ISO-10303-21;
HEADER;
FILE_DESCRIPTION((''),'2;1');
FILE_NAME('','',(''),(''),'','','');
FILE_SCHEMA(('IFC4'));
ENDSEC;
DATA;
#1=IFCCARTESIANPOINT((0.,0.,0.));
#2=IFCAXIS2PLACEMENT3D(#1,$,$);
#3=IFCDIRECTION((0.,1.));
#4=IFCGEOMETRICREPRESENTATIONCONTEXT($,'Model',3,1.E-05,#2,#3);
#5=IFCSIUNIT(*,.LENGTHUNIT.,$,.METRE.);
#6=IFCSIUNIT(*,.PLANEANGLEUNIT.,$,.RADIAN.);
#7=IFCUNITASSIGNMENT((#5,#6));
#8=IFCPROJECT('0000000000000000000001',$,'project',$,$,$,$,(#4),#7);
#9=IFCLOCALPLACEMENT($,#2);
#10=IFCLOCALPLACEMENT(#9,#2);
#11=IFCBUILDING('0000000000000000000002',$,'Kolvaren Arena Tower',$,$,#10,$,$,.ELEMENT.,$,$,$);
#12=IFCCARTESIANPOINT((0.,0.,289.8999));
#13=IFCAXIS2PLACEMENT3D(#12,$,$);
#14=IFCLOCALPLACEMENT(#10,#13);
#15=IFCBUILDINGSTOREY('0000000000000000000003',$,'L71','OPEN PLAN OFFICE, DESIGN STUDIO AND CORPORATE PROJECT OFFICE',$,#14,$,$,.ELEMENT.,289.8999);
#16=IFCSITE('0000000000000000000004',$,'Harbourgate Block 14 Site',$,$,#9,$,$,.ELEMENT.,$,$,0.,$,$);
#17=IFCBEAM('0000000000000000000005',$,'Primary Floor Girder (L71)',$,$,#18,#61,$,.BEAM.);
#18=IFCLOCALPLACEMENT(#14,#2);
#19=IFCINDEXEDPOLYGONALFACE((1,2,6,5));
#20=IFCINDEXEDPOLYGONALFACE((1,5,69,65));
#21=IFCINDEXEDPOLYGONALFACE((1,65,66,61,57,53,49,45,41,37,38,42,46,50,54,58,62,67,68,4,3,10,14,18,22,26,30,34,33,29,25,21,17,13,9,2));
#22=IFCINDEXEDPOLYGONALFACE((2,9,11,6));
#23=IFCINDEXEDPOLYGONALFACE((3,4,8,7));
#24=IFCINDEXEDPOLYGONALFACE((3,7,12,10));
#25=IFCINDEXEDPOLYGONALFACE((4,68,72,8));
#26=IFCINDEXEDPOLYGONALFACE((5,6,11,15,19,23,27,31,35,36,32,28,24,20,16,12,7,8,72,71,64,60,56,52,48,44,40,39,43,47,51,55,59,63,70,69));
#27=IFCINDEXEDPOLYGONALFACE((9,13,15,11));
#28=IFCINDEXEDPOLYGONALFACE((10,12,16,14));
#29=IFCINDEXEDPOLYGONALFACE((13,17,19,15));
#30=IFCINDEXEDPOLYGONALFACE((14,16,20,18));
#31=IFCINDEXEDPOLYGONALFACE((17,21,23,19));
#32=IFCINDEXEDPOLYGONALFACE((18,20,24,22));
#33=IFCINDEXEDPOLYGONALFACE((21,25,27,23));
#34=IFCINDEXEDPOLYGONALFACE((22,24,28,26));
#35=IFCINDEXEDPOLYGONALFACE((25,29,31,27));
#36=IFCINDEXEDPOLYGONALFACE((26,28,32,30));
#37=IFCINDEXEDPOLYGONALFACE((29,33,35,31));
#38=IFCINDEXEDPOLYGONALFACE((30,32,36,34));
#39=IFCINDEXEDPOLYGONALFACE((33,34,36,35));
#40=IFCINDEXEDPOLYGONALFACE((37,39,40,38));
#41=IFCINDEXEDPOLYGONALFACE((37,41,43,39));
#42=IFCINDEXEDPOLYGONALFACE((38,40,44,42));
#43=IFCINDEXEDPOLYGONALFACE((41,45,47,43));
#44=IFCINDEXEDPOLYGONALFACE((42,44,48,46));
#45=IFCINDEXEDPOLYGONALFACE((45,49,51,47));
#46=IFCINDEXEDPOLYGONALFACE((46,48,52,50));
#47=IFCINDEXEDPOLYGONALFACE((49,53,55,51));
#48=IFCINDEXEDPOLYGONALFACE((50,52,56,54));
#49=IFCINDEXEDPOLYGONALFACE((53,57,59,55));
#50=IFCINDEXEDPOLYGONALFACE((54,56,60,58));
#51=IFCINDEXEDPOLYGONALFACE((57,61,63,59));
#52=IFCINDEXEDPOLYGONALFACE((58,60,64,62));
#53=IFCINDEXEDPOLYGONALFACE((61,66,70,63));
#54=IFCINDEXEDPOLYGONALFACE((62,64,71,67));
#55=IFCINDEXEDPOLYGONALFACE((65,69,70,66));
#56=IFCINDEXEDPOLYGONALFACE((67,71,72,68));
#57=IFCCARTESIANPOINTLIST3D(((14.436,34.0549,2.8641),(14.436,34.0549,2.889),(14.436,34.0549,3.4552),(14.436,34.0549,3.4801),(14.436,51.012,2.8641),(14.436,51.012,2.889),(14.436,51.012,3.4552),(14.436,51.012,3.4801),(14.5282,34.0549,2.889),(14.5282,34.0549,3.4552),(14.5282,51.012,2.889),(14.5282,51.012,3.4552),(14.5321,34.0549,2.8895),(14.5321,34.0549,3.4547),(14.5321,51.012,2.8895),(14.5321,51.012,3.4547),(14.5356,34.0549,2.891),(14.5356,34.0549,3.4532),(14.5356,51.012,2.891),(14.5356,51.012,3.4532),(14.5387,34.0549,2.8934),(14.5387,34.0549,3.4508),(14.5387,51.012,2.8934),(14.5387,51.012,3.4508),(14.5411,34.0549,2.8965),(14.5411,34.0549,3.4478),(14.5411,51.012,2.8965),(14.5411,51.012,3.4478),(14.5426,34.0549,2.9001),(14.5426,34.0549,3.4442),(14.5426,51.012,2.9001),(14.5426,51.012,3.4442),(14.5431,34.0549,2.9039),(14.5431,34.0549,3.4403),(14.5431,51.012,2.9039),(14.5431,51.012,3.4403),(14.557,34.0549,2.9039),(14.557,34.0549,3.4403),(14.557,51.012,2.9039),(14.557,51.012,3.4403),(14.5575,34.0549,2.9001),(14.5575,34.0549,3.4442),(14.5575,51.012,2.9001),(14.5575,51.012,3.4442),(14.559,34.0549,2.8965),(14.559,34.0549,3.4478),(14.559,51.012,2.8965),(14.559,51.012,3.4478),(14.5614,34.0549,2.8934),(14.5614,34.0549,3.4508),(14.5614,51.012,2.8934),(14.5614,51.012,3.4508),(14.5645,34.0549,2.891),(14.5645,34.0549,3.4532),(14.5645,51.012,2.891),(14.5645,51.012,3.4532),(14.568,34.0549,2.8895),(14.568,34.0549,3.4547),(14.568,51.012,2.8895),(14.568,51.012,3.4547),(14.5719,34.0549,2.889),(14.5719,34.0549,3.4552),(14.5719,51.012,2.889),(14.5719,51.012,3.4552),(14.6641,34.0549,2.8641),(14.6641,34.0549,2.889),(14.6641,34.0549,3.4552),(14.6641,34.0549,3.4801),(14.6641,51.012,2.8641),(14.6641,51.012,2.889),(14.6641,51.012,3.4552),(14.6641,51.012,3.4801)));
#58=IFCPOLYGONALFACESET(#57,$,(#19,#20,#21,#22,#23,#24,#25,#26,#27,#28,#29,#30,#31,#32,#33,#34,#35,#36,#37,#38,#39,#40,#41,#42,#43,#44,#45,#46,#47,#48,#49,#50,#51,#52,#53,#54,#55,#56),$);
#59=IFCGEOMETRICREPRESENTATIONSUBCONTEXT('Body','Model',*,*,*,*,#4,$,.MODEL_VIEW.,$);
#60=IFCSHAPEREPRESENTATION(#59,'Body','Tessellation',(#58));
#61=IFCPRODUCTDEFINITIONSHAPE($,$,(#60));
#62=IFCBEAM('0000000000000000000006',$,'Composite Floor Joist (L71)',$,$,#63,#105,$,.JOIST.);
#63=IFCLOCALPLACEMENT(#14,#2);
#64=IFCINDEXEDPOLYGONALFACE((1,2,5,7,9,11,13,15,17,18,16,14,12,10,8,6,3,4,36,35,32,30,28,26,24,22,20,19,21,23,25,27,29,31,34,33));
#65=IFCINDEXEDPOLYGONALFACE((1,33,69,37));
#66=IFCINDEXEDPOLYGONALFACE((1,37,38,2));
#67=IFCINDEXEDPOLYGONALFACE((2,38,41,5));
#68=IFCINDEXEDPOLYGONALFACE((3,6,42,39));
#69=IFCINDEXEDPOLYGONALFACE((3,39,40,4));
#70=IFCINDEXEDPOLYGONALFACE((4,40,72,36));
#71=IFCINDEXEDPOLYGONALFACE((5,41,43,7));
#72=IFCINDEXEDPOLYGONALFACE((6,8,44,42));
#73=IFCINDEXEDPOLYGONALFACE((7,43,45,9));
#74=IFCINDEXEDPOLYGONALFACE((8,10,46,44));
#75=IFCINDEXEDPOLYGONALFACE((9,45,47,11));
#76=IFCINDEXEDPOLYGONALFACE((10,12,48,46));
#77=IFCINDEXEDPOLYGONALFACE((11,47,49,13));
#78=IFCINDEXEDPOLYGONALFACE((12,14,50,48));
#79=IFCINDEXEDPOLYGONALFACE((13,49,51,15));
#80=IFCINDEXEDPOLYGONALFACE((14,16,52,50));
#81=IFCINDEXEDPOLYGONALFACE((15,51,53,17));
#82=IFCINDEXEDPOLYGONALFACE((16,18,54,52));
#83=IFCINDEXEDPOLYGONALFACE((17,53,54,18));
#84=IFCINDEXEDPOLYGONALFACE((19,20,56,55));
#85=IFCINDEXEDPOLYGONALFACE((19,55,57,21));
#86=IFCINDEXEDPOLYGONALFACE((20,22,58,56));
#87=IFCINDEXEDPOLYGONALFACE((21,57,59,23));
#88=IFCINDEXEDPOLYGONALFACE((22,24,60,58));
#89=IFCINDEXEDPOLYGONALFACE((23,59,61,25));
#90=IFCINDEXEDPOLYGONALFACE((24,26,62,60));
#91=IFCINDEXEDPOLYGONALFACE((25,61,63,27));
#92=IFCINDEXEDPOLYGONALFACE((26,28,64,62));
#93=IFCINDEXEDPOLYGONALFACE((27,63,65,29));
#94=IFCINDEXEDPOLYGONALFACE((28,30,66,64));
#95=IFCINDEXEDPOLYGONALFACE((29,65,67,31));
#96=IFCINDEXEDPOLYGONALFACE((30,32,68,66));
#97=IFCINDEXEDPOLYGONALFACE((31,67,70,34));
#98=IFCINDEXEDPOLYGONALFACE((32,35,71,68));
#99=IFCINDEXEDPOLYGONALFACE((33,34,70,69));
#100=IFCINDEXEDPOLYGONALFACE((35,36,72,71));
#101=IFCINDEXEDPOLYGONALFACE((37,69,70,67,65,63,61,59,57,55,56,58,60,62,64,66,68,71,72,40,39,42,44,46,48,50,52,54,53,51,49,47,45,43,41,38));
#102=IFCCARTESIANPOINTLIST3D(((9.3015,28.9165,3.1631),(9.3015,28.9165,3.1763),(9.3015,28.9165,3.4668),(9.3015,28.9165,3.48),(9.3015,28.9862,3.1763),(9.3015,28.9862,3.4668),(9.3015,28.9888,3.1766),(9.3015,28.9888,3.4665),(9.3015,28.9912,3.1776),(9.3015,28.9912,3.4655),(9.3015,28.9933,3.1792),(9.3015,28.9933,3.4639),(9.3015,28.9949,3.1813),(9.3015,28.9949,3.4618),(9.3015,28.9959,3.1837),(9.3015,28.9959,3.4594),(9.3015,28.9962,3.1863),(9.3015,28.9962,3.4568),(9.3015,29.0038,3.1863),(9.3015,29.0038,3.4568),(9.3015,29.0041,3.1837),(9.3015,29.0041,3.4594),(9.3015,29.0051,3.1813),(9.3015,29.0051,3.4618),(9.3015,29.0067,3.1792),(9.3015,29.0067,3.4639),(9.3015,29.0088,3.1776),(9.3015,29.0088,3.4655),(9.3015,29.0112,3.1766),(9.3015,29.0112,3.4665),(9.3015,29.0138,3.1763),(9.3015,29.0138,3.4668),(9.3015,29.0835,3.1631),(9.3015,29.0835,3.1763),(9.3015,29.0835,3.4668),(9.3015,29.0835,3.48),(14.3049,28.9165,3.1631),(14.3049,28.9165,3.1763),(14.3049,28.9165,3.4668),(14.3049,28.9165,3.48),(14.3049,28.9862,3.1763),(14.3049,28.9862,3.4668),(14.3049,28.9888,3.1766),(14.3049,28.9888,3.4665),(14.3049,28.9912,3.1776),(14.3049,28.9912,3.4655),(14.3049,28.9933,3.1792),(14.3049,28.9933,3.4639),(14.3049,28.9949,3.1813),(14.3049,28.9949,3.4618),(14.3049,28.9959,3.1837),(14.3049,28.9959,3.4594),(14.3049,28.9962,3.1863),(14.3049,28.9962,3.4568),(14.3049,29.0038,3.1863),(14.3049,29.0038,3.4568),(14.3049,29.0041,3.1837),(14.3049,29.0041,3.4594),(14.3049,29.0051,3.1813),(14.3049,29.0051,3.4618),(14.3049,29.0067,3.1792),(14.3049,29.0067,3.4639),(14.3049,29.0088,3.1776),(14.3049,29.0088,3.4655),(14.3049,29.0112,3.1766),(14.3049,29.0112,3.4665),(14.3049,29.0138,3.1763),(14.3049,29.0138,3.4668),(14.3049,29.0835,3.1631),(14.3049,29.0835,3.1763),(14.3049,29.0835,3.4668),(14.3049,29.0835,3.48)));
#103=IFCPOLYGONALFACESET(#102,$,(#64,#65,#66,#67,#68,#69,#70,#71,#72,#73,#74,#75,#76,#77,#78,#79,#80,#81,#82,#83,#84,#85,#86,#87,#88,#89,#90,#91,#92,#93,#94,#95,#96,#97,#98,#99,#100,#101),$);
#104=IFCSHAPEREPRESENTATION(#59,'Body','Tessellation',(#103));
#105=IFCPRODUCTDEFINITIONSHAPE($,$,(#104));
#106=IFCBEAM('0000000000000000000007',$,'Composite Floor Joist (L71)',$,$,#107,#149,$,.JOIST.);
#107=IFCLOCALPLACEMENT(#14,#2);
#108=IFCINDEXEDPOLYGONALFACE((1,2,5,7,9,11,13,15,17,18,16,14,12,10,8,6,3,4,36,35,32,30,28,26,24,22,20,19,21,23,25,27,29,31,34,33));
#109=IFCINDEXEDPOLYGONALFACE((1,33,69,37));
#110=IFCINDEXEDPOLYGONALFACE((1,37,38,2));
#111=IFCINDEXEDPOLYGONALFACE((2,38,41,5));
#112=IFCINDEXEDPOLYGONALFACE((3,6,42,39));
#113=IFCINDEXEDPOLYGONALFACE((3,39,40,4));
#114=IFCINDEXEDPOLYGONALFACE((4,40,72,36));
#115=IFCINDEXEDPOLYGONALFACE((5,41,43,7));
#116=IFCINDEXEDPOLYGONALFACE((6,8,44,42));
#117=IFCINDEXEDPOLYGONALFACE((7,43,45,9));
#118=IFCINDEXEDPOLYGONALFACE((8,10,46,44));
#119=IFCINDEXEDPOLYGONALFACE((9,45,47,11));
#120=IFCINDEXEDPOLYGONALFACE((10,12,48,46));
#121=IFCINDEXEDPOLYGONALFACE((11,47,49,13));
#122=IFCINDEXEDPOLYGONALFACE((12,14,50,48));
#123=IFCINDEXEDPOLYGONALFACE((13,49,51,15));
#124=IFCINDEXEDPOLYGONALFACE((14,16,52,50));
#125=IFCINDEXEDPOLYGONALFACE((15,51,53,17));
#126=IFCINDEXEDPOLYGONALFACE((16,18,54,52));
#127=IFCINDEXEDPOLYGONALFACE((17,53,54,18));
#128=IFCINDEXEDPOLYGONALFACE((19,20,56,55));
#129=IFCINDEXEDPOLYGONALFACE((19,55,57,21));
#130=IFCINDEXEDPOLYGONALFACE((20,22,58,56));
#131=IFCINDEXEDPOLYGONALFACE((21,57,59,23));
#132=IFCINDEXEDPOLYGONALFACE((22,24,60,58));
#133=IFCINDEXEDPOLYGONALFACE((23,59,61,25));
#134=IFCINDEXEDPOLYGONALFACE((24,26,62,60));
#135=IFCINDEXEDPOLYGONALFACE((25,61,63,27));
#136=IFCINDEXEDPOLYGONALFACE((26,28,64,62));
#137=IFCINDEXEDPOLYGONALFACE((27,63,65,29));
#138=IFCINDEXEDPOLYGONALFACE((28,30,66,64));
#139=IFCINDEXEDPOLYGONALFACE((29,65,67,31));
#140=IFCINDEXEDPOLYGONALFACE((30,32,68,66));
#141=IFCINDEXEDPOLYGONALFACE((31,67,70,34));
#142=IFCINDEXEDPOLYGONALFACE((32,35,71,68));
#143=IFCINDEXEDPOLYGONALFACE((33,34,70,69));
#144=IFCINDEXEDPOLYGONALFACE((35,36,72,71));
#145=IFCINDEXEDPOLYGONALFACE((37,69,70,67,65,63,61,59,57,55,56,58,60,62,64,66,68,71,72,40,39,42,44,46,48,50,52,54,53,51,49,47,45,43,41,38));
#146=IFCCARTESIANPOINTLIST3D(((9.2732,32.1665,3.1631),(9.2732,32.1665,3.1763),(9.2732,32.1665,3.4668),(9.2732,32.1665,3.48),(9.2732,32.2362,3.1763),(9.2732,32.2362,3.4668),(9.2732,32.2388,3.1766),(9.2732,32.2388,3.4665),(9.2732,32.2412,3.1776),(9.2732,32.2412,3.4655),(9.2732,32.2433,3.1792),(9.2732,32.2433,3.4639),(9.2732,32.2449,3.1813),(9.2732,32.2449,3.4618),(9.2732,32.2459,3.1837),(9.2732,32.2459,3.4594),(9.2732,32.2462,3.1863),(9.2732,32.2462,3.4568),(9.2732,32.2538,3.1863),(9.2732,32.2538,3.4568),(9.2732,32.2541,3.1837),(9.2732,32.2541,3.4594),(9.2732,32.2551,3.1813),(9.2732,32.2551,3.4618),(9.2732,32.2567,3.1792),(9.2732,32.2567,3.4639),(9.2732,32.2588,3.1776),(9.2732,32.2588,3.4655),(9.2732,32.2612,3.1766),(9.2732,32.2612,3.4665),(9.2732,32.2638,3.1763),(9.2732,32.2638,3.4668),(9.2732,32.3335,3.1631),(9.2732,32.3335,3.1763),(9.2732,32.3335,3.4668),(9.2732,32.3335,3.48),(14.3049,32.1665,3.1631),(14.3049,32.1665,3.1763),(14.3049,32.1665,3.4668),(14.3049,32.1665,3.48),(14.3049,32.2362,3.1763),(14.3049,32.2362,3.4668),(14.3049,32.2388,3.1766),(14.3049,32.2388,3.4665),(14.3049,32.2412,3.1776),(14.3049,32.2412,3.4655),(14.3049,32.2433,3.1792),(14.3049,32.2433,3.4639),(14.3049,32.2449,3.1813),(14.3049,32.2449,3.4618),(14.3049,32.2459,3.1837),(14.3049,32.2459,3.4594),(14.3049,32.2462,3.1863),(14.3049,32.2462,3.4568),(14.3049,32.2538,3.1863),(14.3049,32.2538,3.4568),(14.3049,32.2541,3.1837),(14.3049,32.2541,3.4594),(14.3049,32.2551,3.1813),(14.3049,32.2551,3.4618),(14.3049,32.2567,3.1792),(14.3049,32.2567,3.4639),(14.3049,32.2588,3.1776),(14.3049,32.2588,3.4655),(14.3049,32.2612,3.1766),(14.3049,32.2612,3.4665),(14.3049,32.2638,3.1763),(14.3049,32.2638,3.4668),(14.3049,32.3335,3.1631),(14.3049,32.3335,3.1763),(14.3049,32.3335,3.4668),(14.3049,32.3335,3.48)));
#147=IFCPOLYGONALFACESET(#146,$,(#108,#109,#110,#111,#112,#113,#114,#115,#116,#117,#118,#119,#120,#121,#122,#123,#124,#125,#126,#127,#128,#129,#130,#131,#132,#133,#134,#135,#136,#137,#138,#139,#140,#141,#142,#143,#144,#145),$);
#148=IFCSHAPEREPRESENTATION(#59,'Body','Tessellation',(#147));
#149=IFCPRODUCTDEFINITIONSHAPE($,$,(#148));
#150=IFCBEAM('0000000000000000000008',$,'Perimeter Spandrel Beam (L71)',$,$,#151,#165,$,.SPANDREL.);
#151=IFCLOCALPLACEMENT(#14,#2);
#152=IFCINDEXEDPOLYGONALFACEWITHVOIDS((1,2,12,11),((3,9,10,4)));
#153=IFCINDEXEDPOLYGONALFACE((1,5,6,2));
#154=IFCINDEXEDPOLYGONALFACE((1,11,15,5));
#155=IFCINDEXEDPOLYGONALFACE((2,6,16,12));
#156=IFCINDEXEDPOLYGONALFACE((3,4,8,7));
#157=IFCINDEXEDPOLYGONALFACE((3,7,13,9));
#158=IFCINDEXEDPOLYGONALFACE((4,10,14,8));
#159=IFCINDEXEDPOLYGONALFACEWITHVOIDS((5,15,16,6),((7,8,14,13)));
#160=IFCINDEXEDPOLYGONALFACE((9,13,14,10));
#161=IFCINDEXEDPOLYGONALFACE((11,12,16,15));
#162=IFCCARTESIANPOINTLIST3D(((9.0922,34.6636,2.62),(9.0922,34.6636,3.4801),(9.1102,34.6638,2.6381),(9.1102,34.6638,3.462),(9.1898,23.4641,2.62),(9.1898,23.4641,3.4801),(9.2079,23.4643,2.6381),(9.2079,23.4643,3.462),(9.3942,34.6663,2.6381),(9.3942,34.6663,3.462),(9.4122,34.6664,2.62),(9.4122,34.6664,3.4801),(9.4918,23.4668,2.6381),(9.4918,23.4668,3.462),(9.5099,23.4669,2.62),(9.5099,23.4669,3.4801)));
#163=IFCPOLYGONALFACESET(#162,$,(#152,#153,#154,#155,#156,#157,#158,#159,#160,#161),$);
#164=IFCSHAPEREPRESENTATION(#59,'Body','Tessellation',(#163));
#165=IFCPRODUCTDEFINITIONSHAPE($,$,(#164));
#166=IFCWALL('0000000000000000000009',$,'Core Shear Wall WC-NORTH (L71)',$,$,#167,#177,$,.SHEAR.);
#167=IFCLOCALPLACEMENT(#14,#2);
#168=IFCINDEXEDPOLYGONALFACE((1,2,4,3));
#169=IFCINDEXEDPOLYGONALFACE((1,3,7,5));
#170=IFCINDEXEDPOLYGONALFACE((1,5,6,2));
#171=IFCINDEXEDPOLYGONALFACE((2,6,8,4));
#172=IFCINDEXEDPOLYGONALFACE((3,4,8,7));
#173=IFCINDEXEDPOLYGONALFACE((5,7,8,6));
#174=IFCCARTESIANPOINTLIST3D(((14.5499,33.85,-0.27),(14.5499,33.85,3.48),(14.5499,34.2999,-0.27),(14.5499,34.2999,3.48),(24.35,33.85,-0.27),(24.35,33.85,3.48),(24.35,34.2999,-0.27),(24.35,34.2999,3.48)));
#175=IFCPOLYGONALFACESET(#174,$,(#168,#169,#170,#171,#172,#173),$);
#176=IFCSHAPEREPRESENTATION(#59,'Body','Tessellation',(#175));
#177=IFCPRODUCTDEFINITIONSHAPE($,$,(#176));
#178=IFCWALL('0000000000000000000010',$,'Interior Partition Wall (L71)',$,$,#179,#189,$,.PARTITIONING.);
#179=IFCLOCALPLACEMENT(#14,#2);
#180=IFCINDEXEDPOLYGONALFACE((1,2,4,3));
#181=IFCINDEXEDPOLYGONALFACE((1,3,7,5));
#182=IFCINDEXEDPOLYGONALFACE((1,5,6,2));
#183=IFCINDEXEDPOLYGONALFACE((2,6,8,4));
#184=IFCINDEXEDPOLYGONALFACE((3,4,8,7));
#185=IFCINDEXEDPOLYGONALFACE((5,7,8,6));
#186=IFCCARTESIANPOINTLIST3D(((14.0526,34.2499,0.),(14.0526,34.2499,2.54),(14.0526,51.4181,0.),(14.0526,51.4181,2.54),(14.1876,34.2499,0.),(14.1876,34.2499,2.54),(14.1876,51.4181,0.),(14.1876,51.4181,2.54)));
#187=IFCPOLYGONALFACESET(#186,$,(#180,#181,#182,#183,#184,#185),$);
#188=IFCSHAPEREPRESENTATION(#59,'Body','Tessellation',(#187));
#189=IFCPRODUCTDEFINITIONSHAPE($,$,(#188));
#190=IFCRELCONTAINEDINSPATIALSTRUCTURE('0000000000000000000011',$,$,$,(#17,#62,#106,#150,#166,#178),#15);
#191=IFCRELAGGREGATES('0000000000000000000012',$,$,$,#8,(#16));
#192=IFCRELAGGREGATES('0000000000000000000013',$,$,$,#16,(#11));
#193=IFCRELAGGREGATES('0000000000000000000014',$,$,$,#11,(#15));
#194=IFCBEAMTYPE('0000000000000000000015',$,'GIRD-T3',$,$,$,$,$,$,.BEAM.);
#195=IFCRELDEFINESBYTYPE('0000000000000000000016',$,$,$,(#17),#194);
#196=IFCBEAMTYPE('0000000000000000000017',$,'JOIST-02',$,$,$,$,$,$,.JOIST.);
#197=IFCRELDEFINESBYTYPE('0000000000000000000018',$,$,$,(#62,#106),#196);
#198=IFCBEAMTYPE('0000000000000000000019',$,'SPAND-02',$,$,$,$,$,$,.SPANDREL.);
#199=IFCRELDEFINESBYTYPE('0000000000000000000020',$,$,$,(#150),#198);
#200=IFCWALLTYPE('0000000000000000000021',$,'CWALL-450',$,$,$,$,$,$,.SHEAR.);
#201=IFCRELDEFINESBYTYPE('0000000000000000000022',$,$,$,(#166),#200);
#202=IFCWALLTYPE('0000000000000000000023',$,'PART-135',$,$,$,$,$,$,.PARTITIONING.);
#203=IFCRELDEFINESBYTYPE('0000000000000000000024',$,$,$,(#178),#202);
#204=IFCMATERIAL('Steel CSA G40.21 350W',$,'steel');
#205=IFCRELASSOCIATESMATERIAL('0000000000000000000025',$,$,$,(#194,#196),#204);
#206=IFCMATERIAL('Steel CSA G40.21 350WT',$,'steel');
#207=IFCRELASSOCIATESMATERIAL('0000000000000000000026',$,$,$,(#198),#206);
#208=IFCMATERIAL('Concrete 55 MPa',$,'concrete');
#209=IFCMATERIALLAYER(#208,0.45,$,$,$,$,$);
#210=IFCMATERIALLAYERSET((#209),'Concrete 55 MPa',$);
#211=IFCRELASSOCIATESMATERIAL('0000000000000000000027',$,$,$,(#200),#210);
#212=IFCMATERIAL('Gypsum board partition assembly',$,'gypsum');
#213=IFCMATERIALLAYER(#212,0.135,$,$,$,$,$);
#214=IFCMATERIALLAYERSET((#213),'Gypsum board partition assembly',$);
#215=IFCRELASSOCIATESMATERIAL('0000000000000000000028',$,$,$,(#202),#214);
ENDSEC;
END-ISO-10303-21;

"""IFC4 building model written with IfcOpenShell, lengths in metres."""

from ifc_helpers import new_model, si_unit, direction, frame, frame_2d, origin, origin_2d, place, context, subcontext, project, spatial, rectangle, hollow_rectangle, i_section, extrude, material, layer, layer_set, material_profile, profile_set, type_object, element, save


model = new_model("IFC4")

# Units and contexts
model_context = context("Model", 3, precision=1e-05, world=origin(), true_north=direction((0.0, 1.0)))
body_context = subcontext(model_context, "Body", "Model", "MODEL_VIEW")
ifc_project = project(units=[si_unit("LENGTHUNIT", "METRE"), si_unit("PLANEANGLEUNIT", "RADIAN")], contexts=[model_context])

# Site, building, storey
site_placement = place(None, origin())
site = spatial("IfcSite", under=ifc_project, at=site_placement, Name="Harbourgate Block 14 Site", CompositionType="ELEMENT", RefElevation=0.0)
building_placement = place(site_placement, origin())
building = spatial("IfcBuilding", under=site, at=building_placement, Name="Kolvaren Arena Tower", CompositionType="ELEMENT")
storey_placement = place(building_placement, frame((0.0, 0.0, 289.8999)))
storey = spatial("IfcBuildingStorey", under=building, at=storey_placement, Name="L71", Description="OPEN PLAN OFFICE, DESIGN STUDIO AND CORPORATE PROJECT OFFICE", CompositionType="ELEMENT", Elevation=289.8999)

# Beams
ifc_material_1 = material(Name="Steel CSA G40.21 350W", Category="steel")
ifc_material_profile_1 = material_profile(ifc_material_1, i_section(OverallWidth=0.228, OverallDepth=0.616, WebThickness=0.0139, FlangeThickness=0.0249, FilletRadius=0.0149, at=origin_2d()), Name="W610x174")
ifc_profile_set_1 = profile_set([ifc_material_profile_1], Name="Steel CSA G40.21 350W")
beam_type_1 = type_object("IfcBeamType", Name="GIRD-T3", PredefinedType="BEAM", material=ifc_profile_set_1)
beam_1_placement = place(storey_placement, frame((14.55, 34.0549, 3.1721), z_axis=(0.0, 1.0, 0.0), x_axis=(-1.0, 0.0, 0.0)))
element("IfcBeam", 1, at=beam_1_placement, inside=storey, type_object=beam_type_1, Name="Primary Floor Girder (L71)", PredefinedType="BEAM", context=body_context, shape_type="SweptSolid", body=[
    extrude(i_section(OverallWidth=0.228, OverallDepth=0.616, WebThickness=0.0139, FlangeThickness=0.0249, FilletRadius=0.0149, at=origin_2d()), origin(), (0.0, 0.0, 1.0), 16.957),
])
ifc_material_profile_2 = material_profile(ifc_material_1, i_section(OverallWidth=0.167, OverallDepth=0.3169, WebThickness=0.0076, FlangeThickness=0.0132, FilletRadius=0.01, at=origin_2d()), Name="W310x52")
ifc_profile_set_2 = profile_set([ifc_material_profile_2], Name="Steel CSA G40.21 350W")
beam_type_2 = type_object("IfcBeamType", Name="JOIST-02", PredefinedType="JOIST", material=ifc_profile_set_2)
beam_2_placement = place(storey_placement, frame((9.3015, 29.0, 3.3215), z_axis=(1.0, 0.0, 0.0), x_axis=(0.0, 1.0, 0.0)))
element("IfcBeam", 2, at=beam_2_placement, inside=storey, type_object=beam_type_2, Name="Composite Floor Joist (L71)", PredefinedType="JOIST", context=body_context, shape_type="SweptSolid", body=[
    extrude(i_section(OverallWidth=0.167, OverallDepth=0.3169, WebThickness=0.0076, FlangeThickness=0.0132, FilletRadius=0.01, at=origin_2d()), origin(), (0.0, 0.0, 1.0), 5.0034),
])
beam_3_placement = place(storey_placement, frame((9.2732, 32.25, 3.3215), z_axis=(1.0, 0.0, 0.0), x_axis=(0.0, 1.0, 0.0)))
element("IfcBeam", 3, at=beam_3_placement, inside=storey, type_object=beam_type_2, Name="Composite Floor Joist (L71)", PredefinedType="JOIST", context=body_context, shape_type="SweptSolid", body=[
    extrude(i_section(OverallWidth=0.167, OverallDepth=0.3169, WebThickness=0.0076, FlangeThickness=0.0132, FilletRadius=0.01, at=origin_2d()), origin(), (0.0, 0.0, 1.0), 5.0317),
])
ifc_material_2 = material(Name="Steel CSA G40.21 350WT", Category="steel")
ifc_material_profile_3 = material_profile(ifc_material_2, hollow_rectangle(XDim=0.3201, YDim=0.8601, WallThickness=0.0181, at=origin_2d()), Name="HSS 860x320x18")
ifc_profile_set_3 = profile_set([ifc_material_profile_3], Name="Steel CSA G40.21 350WT")
beam_type_3 = type_object("IfcBeamType", Name="SPAND-02", PredefinedType="SPANDREL", material=ifc_profile_set_3)
beam_4_placement = place(storey_placement, frame((9.2522, 34.665, 3.05), z_axis=(0.008719, -0.999962, 0.0), x_axis=(0.999962, 0.008719, 0.0)))
element("IfcBeam", 4, at=beam_4_placement, inside=storey, type_object=beam_type_3, Name="Perimeter Spandrel Beam (L71)", PredefinedType="SPANDREL", context=body_context, shape_type="SweptSolid", body=[
    extrude(hollow_rectangle(XDim=0.3201, YDim=0.8601, WallThickness=0.0181, at=origin_2d()), origin(), (0.0, 0.0, 1.0), 11.2),
])

# Walls
ifc_material_3 = material(Name="Concrete 55 MPa", Category="concrete")
ifc_layer_1 = layer(ifc_material_3, 0.45)
ifc_layer_set_1 = layer_set([ifc_layer_1], Name="Concrete 55 MPa")
wall_type_1 = type_object("IfcWallType", Name="CWALL-450", PredefinedType="SHEAR", material=ifc_layer_set_1)
wall_1_placement = place(storey_placement, frame((14.55, 34.075, -0.27), z_axis=(0.0, 0.0, 1.0), x_axis=(1.0, 0.0, 0.0)))
element("IfcWall", 5, at=wall_1_placement, inside=storey, type_object=wall_type_1, Name="Core Shear Wall WC-NORTH (L71)", PredefinedType="SHEAR", context=body_context, shape_type="SweptSolid", body=[
    extrude(rectangle(XDim=9.8, YDim=0.45, at=frame_2d((4.8999, 0.0))), origin(), (0.0, 0.0, 1.0), 3.75),
])
ifc_material_4 = material(Name="Gypsum board partition assembly", Category="gypsum")
ifc_layer_2 = layer(ifc_material_4, 0.135)
ifc_layer_set_2 = layer_set([ifc_layer_2], Name="Gypsum board partition assembly")
wall_type_2 = type_object("IfcWallType", Name="PART-135", PredefinedType="PARTITIONING", material=ifc_layer_set_2)
wall_2_placement = place(storey_placement, frame((14.1201, 34.25, 0.0), z_axis=(0.0, 0.0, 1.0), x_axis=(0.0, 1.0, 0.0)))
element("IfcWall", 6, at=wall_2_placement, inside=storey, type_object=wall_type_2, Name="Interior Partition Wall (L71)", PredefinedType="PARTITIONING", context=body_context, shape_type="SweptSolid", body=[
    extrude(rectangle(XDim=17.1682, YDim=0.135, at=frame_2d((8.584, 0.0))), origin(), (0.0, 0.0, 1.0), 2.54),
])

save(model, "model.ifc")
